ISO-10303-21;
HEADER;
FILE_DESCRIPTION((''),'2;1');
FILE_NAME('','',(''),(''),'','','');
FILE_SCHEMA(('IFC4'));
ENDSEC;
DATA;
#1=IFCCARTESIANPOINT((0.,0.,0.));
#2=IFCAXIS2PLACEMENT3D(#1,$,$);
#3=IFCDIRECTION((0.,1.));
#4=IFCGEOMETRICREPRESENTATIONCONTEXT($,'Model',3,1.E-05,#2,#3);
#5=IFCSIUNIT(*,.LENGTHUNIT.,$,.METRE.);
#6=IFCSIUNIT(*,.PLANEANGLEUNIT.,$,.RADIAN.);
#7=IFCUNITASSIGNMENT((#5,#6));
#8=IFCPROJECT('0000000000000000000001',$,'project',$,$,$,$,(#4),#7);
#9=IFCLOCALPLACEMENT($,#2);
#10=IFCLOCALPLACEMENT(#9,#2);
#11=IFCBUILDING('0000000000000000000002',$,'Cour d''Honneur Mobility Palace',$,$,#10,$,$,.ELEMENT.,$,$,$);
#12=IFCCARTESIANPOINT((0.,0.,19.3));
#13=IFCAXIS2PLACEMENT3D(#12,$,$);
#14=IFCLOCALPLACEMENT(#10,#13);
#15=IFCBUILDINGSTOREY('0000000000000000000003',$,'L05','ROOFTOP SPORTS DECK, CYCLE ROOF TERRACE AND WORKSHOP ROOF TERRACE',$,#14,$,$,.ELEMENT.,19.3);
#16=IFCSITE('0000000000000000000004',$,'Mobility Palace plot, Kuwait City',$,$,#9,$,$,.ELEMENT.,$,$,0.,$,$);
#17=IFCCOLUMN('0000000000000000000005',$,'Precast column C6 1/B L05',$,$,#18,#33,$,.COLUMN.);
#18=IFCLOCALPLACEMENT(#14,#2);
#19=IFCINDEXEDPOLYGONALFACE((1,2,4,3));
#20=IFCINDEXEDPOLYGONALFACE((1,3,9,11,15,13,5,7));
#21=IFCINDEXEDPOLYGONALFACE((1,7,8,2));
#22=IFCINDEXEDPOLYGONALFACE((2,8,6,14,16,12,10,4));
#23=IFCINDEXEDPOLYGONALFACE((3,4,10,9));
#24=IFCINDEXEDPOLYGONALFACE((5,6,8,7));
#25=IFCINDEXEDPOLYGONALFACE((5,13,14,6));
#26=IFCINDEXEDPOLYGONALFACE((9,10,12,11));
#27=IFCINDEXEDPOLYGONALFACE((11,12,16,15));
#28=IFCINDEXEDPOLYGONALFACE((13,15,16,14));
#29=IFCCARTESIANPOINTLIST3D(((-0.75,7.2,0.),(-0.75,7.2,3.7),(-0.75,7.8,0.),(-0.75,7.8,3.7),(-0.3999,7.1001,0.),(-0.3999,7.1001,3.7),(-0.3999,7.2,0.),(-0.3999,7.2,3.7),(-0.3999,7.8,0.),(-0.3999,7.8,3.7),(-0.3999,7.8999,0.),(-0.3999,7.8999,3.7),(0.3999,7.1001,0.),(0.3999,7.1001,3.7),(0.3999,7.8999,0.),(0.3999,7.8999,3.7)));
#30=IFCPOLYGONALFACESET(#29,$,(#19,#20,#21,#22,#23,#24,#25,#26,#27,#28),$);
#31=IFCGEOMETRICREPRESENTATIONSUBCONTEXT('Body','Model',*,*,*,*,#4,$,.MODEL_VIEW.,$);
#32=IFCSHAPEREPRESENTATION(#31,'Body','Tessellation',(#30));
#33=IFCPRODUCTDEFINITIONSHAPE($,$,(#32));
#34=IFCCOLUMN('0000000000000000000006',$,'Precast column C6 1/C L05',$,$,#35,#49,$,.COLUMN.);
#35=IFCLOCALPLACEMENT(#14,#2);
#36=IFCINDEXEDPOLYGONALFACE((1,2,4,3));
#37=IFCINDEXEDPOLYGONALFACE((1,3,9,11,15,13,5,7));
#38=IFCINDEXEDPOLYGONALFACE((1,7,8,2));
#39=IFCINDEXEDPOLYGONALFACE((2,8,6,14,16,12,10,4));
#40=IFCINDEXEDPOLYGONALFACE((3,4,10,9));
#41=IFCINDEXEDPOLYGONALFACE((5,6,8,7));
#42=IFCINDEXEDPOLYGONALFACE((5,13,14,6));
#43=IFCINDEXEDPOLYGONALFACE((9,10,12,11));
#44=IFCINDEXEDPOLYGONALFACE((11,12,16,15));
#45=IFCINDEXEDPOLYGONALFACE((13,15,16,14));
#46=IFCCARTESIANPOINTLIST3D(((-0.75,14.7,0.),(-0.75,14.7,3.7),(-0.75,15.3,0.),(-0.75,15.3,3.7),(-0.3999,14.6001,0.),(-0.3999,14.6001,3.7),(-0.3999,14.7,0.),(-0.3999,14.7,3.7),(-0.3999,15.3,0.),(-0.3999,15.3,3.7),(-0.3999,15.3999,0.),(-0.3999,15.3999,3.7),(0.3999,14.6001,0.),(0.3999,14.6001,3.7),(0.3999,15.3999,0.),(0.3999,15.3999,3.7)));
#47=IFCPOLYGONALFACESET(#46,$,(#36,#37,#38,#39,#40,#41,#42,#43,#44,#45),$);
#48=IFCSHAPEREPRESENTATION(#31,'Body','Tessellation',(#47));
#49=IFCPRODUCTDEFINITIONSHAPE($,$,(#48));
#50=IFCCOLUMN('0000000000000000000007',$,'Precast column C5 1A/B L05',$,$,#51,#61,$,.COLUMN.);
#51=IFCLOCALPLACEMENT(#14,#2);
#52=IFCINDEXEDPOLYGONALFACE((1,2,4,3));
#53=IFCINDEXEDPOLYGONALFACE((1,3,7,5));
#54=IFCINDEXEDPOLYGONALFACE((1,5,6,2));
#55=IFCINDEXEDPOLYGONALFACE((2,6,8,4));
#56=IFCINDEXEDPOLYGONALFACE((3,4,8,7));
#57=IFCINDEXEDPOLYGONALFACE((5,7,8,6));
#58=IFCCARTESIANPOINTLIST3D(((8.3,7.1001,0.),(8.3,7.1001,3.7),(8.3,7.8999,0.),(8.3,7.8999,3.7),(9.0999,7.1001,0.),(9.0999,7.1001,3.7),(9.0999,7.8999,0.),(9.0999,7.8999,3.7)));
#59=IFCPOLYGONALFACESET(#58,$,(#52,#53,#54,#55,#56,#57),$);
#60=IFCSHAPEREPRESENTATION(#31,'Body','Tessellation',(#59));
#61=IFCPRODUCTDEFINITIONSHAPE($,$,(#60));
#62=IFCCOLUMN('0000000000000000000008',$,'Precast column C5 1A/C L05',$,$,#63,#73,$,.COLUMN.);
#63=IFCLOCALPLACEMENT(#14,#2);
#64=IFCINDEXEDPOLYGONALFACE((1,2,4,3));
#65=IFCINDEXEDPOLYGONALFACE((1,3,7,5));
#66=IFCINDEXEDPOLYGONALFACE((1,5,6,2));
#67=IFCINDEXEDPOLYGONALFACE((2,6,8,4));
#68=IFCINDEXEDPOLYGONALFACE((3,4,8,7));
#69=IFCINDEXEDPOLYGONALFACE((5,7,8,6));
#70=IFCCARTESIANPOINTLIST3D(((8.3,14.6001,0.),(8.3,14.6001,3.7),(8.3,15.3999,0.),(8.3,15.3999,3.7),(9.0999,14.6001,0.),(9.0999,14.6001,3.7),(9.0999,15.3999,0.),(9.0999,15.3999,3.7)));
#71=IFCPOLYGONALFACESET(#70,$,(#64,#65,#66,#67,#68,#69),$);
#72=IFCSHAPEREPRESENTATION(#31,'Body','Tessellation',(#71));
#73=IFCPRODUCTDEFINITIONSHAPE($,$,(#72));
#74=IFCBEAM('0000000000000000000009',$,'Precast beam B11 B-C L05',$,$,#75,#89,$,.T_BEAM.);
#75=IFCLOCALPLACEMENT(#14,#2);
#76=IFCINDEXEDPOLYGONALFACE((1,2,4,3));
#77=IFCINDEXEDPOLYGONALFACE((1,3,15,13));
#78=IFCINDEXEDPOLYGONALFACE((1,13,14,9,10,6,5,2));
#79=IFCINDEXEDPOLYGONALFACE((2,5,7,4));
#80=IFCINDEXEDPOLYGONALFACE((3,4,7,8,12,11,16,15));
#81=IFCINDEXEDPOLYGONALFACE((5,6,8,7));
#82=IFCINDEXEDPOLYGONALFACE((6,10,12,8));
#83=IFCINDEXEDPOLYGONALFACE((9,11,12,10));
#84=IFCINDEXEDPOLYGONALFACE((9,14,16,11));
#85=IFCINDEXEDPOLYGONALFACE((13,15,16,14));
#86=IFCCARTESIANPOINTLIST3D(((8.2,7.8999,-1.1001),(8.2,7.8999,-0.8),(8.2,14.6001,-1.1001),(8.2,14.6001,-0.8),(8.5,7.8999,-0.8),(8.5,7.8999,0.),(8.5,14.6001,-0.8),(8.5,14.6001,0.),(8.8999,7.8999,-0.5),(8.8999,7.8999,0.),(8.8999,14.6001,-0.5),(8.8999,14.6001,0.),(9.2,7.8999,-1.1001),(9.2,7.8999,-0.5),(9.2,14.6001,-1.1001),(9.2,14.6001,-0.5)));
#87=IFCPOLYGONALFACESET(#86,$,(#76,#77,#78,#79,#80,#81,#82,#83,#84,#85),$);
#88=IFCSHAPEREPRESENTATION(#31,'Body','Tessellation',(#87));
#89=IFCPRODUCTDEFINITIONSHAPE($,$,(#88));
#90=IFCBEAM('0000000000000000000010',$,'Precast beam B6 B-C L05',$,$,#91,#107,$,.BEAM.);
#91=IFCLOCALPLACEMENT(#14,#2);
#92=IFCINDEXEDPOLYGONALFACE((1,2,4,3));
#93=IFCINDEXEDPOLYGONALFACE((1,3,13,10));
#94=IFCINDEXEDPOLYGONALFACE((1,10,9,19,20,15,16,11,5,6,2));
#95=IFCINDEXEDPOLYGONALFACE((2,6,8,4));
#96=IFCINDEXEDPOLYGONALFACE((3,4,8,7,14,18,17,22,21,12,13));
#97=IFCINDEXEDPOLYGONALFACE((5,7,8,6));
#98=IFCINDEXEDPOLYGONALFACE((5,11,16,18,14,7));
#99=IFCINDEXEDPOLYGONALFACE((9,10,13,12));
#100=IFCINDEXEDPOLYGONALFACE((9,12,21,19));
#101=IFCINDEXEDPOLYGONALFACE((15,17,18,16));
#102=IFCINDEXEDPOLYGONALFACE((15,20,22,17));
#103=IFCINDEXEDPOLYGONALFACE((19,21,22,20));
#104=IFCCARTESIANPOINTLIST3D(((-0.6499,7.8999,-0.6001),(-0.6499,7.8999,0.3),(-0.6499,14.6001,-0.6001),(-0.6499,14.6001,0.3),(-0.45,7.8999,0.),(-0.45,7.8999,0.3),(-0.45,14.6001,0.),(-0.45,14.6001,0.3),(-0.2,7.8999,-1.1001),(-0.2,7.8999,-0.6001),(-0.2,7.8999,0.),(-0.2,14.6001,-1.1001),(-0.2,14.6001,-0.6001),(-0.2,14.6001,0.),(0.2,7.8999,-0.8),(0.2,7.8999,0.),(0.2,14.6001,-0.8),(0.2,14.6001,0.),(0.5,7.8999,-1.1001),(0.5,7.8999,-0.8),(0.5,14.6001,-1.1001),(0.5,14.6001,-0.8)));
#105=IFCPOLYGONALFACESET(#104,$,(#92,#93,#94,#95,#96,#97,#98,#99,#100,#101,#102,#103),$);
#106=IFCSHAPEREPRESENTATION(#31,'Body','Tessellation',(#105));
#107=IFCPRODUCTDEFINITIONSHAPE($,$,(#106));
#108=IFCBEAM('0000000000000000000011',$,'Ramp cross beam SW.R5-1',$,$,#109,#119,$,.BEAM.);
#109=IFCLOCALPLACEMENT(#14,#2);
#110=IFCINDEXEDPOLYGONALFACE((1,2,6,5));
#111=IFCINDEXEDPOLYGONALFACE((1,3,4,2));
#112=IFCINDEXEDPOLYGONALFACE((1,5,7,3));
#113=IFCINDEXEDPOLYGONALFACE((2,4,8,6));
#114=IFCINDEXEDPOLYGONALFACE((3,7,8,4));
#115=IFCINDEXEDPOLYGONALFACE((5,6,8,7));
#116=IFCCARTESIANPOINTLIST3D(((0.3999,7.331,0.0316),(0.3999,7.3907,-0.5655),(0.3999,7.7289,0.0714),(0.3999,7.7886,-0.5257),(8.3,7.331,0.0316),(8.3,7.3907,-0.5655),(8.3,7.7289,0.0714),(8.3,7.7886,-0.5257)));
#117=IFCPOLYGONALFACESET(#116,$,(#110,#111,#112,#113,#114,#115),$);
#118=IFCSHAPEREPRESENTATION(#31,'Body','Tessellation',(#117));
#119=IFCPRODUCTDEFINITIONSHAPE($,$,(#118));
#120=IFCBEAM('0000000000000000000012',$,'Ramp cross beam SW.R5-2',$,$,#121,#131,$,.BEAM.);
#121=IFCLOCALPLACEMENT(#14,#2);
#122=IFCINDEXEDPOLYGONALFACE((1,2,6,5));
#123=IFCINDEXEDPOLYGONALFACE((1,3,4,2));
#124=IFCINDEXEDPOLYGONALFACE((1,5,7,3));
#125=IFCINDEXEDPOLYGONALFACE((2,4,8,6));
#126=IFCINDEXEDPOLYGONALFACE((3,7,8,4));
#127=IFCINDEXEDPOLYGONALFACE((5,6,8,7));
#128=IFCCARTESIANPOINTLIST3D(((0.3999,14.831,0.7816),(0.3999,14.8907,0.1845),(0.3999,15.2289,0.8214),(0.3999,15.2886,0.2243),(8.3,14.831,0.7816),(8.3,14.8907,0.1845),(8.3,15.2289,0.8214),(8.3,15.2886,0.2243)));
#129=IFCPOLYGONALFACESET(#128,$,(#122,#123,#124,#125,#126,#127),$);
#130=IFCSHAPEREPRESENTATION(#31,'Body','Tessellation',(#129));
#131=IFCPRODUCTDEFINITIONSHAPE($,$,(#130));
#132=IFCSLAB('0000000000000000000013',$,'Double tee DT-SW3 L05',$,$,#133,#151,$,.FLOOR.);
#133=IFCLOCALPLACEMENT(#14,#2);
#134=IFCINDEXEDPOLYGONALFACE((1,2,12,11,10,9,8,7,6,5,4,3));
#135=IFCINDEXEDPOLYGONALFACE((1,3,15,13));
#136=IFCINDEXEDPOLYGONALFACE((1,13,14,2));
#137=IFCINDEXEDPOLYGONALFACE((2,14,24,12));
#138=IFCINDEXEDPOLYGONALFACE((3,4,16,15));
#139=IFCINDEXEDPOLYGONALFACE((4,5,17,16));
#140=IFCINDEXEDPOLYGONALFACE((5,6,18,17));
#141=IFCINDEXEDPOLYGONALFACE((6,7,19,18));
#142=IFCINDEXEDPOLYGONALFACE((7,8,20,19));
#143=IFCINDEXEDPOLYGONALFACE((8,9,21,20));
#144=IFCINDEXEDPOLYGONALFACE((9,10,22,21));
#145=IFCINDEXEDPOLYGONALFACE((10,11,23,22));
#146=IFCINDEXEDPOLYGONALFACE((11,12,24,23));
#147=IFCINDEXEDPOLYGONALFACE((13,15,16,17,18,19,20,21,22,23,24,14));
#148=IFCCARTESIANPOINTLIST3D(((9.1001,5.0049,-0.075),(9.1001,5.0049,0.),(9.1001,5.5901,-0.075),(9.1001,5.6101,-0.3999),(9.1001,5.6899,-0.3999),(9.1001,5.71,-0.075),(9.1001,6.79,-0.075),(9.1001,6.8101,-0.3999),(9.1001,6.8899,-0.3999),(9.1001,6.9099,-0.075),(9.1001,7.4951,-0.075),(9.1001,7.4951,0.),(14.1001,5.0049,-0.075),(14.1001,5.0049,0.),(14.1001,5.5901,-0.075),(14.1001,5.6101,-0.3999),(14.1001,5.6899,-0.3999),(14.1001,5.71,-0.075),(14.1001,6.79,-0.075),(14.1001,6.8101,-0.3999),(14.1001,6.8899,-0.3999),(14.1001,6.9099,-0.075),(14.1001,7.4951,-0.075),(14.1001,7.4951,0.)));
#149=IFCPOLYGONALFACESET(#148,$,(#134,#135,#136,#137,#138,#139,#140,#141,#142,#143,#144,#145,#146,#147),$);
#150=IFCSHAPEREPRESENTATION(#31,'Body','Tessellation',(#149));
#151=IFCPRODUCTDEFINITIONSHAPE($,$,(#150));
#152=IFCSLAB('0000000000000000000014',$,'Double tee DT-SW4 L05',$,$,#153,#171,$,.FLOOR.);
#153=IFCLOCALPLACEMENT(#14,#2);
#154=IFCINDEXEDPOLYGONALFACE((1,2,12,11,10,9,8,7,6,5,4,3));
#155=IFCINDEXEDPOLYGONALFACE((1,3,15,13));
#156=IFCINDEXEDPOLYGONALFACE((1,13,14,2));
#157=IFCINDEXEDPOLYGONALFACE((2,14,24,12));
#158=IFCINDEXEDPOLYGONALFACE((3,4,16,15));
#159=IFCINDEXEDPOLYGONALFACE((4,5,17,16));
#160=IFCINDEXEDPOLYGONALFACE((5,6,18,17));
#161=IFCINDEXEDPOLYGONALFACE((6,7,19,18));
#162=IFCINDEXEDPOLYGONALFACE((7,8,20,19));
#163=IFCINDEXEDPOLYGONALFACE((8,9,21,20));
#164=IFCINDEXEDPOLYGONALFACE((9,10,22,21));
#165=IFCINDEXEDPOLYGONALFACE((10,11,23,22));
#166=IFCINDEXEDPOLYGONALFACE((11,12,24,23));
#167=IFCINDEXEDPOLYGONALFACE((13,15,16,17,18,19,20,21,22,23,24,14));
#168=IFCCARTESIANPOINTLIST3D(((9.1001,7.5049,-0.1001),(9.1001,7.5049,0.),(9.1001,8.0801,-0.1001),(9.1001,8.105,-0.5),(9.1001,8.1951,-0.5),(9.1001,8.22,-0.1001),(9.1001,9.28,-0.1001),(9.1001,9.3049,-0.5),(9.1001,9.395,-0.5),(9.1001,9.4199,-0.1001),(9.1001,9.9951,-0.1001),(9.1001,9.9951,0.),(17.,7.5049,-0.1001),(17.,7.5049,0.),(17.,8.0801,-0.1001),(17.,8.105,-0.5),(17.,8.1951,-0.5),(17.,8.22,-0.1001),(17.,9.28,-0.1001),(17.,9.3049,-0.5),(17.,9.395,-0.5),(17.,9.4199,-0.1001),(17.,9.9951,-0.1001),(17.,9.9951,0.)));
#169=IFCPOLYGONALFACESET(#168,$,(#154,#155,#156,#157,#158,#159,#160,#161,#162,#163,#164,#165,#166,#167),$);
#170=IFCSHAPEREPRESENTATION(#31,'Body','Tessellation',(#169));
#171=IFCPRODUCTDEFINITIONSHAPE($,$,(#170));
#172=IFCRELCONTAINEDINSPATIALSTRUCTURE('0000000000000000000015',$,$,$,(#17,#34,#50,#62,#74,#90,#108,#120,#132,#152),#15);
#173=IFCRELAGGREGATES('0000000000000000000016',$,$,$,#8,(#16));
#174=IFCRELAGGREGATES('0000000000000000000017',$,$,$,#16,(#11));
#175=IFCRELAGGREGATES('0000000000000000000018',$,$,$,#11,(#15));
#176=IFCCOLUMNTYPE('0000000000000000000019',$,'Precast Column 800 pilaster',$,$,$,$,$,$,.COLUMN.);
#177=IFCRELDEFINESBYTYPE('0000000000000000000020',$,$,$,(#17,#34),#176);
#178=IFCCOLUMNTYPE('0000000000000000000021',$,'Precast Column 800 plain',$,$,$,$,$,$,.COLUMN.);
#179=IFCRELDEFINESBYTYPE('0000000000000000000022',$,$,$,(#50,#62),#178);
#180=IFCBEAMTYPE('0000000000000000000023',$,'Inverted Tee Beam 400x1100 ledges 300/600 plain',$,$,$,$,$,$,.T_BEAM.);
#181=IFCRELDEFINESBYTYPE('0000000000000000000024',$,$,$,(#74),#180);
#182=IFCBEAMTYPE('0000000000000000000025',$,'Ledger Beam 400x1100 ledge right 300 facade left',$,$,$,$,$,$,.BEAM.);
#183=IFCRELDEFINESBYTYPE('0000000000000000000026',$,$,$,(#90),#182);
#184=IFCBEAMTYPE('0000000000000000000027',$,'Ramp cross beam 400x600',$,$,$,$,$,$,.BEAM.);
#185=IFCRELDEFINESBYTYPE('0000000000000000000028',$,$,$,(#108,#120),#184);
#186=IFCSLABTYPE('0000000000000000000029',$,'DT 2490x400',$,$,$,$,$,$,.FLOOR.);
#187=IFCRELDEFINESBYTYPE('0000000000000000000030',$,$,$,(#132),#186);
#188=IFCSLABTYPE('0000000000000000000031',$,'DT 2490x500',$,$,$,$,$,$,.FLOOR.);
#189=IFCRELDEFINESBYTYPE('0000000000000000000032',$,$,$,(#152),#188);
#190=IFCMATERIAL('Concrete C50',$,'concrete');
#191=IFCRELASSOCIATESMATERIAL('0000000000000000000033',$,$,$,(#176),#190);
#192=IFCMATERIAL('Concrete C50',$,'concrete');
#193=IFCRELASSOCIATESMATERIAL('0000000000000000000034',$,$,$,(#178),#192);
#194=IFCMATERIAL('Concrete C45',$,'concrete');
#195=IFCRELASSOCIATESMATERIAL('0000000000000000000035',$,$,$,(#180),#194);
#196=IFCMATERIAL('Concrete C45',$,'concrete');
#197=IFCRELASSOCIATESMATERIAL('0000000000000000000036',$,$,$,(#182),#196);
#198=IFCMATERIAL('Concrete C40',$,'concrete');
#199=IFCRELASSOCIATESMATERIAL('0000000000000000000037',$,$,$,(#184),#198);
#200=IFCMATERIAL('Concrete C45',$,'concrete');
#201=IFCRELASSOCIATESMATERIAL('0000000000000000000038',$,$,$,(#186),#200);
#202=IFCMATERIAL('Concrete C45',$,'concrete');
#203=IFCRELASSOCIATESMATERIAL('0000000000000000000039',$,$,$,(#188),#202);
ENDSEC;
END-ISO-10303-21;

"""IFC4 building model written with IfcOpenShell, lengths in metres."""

from ifc_helpers import new_model, si_unit, direction, frame, origin, origin_2d, place, context, subcontext, project, spatial, polyline, rectangle, outline, extrude, material, material_profile, profile_set, type_object, element, save


model = new_model("IFC4")

# Units and contexts
model_context = context("Model", 3, precision=1e-05, world=origin(), true_north=direction((0.0, 1.0)))
body_context = subcontext(model_context, "Body", "Model", "MODEL_VIEW")
ifc_project = project(units=[si_unit("LENGTHUNIT", "METRE"), si_unit("PLANEANGLEUNIT", "RADIAN")], contexts=[model_context])

# Site, building, storey
site_placement = place(None, origin())
site = spatial("IfcSite", under=ifc_project, at=site_placement, Name="Mobility Palace plot, Kuwait City", CompositionType="ELEMENT", RefElevation=0.0)
building_placement = place(site_placement, origin())
building = spatial("IfcBuilding", under=site, at=building_placement, Name="Cour d'Honneur Mobility Palace", CompositionType="ELEMENT")
storey_placement = place(building_placement, frame((0.0, 0.0, 19.3)))
storey = spatial("IfcBuildingStorey", under=building, at=storey_placement, Name="L05", Description="ROOFTOP SPORTS DECK, CYCLE ROOF TERRACE AND WORKSHOP ROOF TERRACE", CompositionType="ELEMENT", Elevation=19.3)

# Columns
ifc_material_1 = material(Name="Concrete C50", Category="concrete")
ifc_material_profile_1 = material_profile(ifc_material_1, outline(polyline([(-0.3999, -0.3999), (0.3999, -0.3999), (0.3999, -0.3), (0.75, -0.3), (0.75, 0.3), (0.3999, 0.3), (0.3999, 0.3999), (-0.3999, 0.3999), (-0.3999, -0.3999)])), Name="PC C800 pilaster")
ifc_profile_set_1 = profile_set([ifc_material_profile_1], Name="Concrete C50")
column_type_1 = type_object("IfcColumnType", Name="Precast Column 800 pilaster", PredefinedType="COLUMN", material=ifc_profile_set_1)
for number, where, z_axis, x_axis, name in (
    (1, (0.0, 7.5, 0.0), (0.0, 0.0, 1.0), (-1.0, 0.0, 0.0), "Precast column C6 1/B L05"),
    (2, (0.0, 15.0, 0.0), (0.0, 0.0, 1.0), (-1.0, 0.0, 0.0), "Precast column C6 1/C L05"),
):
    element("IfcColumn", number, at=place(storey_placement, frame(where, z_axis=z_axis, x_axis=x_axis)), inside=storey, type_object=column_type_1, Name=name, PredefinedType="COLUMN", context=body_context, shape_type="SweptSolid", body=[
        extrude(outline(polyline([(-0.3999, -0.3999), (0.3999, -0.3999), (0.3999, -0.3), (0.75, -0.3), (0.75, 0.3), (0.3999, 0.3), (0.3999, 0.3999), (-0.3999, 0.3999), (-0.3999, -0.3999)])), origin(), (0.0, 0.0, 1.0), 3.7),
    ])
ifc_material_2 = material(Name="Concrete C50", Category="concrete")
ifc_material_profile_2 = material_profile(ifc_material_2, outline(polyline([(-0.3999, -0.3999), (0.3999, -0.3999), (0.3999, 0.3999), (-0.3999, 0.3999), (-0.3999, -0.3999)])), Name="PC C800 plain")
ifc_profile_set_2 = profile_set([ifc_material_profile_2], Name="Concrete C50")
column_type_2 = type_object("IfcColumnType", Name="Precast Column 800 plain", PredefinedType="COLUMN", material=ifc_profile_set_2)
for number, where, z_axis, x_axis, name in (
    (3, (8.7, 7.5, 0.0), (0.0, 0.0, 1.0), (1.0, 0.0, 0.0), "Precast column C5 1A/B L05"),
    (4, (8.7, 15.0, 0.0), (0.0, 0.0, 1.0), (1.0, 0.0, 0.0), "Precast column C5 1A/C L05"),
):
    element("IfcColumn", number, at=place(storey_placement, frame(where, z_axis=z_axis, x_axis=x_axis)), inside=storey, type_object=column_type_2, Name=name, PredefinedType="COLUMN", context=body_context, shape_type="SweptSolid", body=[
        extrude(outline(polyline([(-0.3999, -0.3999), (0.3999, -0.3999), (0.3999, 0.3999), (-0.3999, 0.3999), (-0.3999, -0.3999)])), origin(), (0.0, 0.0, 1.0), 3.7),
    ])

# Beams
ifc_material_3 = material(Name="Concrete C45", Category="concrete")
ifc_material_profile_3 = material_profile(ifc_material_3, outline(polyline([(0.5, -1.1001), (0.5, -0.8), (0.2, -0.8), (0.2, 0.0), (-0.2, 0.0), (-0.2, -0.5), (-0.5, -0.5), (-0.5, -1.1001), (0.5, -1.1001)])), Name="Inverted Tee Beam 400x1100 ledges 300/600 plain")
ifc_profile_set_3 = profile_set([ifc_material_profile_3], Name="Concrete C45")
beam_type_1 = type_object("IfcBeamType", Name="Inverted Tee Beam 400x1100 ledges 300/600 plain", PredefinedType="T_BEAM", material=ifc_profile_set_3)
beam_1_placement = place(storey_placement, frame((8.7, 7.8999, 0.0), z_axis=(0.0, 1.0, 0.0), x_axis=(-1.0, 0.0, 0.0)))
element("IfcBeam", 5, at=beam_1_placement, inside=storey, type_object=beam_type_1, Name="Precast beam B11 B-C L05", PredefinedType="T_BEAM", context=body_context, shape_type="SweptSolid", body=[
    extrude(outline(polyline([(0.5, -1.1001), (0.5, -0.8), (0.2, -0.8), (0.2, 0.0), (-0.2, 0.0), (-0.2, -0.5), (-0.5, -0.5), (-0.5, -1.1001), (0.5, -1.1001)])), origin(), (0.0, 0.0, 1.0), 6.7002),
])
ifc_material_4 = material(Name="Concrete C45", Category="concrete")
ifc_material_profile_4 = material_profile(ifc_material_4, outline(polyline([(0.2, -1.1001), (0.2, -0.6001), (0.6499, -0.6001), (0.6499, 0.3), (0.45, 0.3), (0.45, 0.0), (0.2, 0.0), (-0.2, 0.0), (-0.2, -0.8), (-0.5, -0.8), (-0.5, -1.1001), (0.2, -1.1001)])), Name="Ledger Beam 400x1100 ledge right 300 facade left")
ifc_profile_set_4 = profile_set([ifc_material_profile_4], Name="Concrete C45")
beam_type_2 = type_object("IfcBeamType", Name="Ledger Beam 400x1100 ledge right 300 facade left", PredefinedType="BEAM", material=ifc_profile_set_4)
beam_2_placement = place(storey_placement, frame((0.0, 7.8999, 0.0), z_axis=(0.0, 1.0, 0.0), x_axis=(-1.0, 0.0, 0.0)))
element("IfcBeam", 6, at=beam_2_placement, inside=storey, type_object=beam_type_2, Name="Precast beam B6 B-C L05", PredefinedType="BEAM", context=body_context, shape_type="SweptSolid", body=[
    extrude(outline(polyline([(0.2, -1.1001), (0.2, -0.6001), (0.6499, -0.6001), (0.6499, 0.3), (0.45, 0.3), (0.45, 0.0), (0.2, 0.0), (-0.2, 0.0), (-0.2, -0.8), (-0.5, -0.8), (-0.5, -1.1001), (0.2, -1.1001)])), origin(), (0.0, 0.0, 1.0), 6.7002),
])
ifc_material_5 = material(Name="Concrete C40", Category="concrete")
ifc_material_profile_5 = material_profile(ifc_material_5, rectangle(XDim=0.3999, YDim=0.6001, at=origin_2d()), Name="Ramp cross beam 400x600")
ifc_profile_set_5 = profile_set([ifc_material_profile_5], Name="Concrete C40")
beam_type_3 = type_object("IfcBeamType", Name="Ramp cross beam 400x600", PredefinedType="BEAM", material=ifc_profile_set_5)
for number, where, z_axis, x_axis, name in (
    (7, (0.3999, 7.5598, -0.2471), (1.0, 0.0, 0.0), (0.0, 0.995037, 0.099504), "Ramp cross beam SW.R5-1"),
    (8, (0.3999, 15.0598, 0.5029), (1.0, 0.0, 0.0), (0.0, 0.995037, 0.099504), "Ramp cross beam SW.R5-2"),
):
    element("IfcBeam", number, at=place(storey_placement, frame(where, z_axis=z_axis, x_axis=x_axis)), inside=storey, type_object=beam_type_3, Name=name, PredefinedType="BEAM", context=body_context, shape_type="SweptSolid", body=[
        extrude(rectangle(XDim=0.3999, YDim=0.6001, at=origin_2d()), origin(), (0.0, 0.0, 1.0), 7.9001),
    ])

# Slabs
ifc_material_6 = material(Name="Concrete C45", Category="concrete")
ifc_material_profile_6 = material_profile(ifc_material_6, outline(polyline([(-1.2451, 0.0), (1.2451, 0.0), (1.2451, -0.075), (0.6599, -0.075), (0.6399, -0.3999), (0.5601, -0.3999), (0.54, -0.075), (-0.54, -0.075), (-0.5601, -0.3999), (-0.6399, -0.3999), (-0.6599, -0.075), (-1.2451, -0.075), (-1.2451, 0.0)])), Name="DT 2490x400")
ifc_profile_set_6 = profile_set([ifc_material_profile_6], Name="Concrete C45")
slab_type_1 = type_object("IfcSlabType", Name="DT 2490x400", PredefinedType="FLOOR", material=ifc_profile_set_6)
slab_1_placement = place(storey_placement, frame((9.1001, 6.25, 0.0), z_axis=(1.0, 0.0, 0.0), x_axis=(0.0, 1.0, 0.0)))
element("IfcSlab", 9, at=slab_1_placement, inside=storey, type_object=slab_type_1, Name="Double tee DT-SW3 L05", PredefinedType="FLOOR", context=body_context, shape_type="SweptSolid", body=[
    extrude(outline(polyline([(-1.2451, 0.0), (1.2451, 0.0), (1.2451, -0.075), (0.6599, -0.075), (0.6399, -0.3999), (0.5601, -0.3999), (0.54, -0.075), (-0.54, -0.075), (-0.5601, -0.3999), (-0.6399, -0.3999), (-0.6599, -0.075), (-1.2451, -0.075), (-1.2451, 0.0)])), origin(), (0.0, 0.0, 1.0), 5.0),
])
ifc_material_7 = material(Name="Concrete C45", Category="concrete")
ifc_material_profile_7 = material_profile(ifc_material_7, outline(polyline([(-1.2451, 0.0), (1.2451, 0.0), (1.2451, -0.1001), (0.6699, -0.1001), (0.645, -0.5), (0.5549, -0.5), (0.53, -0.1001), (-0.53, -0.1001), (-0.5549, -0.5), (-0.645, -0.5), (-0.6699, -0.1001), (-1.2451, -0.1001), (-1.2451, 0.0)])), Name="DT 2490x500")
ifc_profile_set_7 = profile_set([ifc_material_profile_7], Name="Concrete C45")
slab_type_2 = type_object("IfcSlabType", Name="DT 2490x500", PredefinedType="FLOOR", material=ifc_profile_set_7)
slab_2_placement = place(storey_placement, frame((9.1001, 8.75, 0.0), z_axis=(1.0, 0.0, 0.0), x_axis=(0.0, 1.0, 0.0)))
element("IfcSlab", 10, at=slab_2_placement, inside=storey, type_object=slab_type_2, Name="Double tee DT-SW4 L05", PredefinedType="FLOOR", context=body_context, shape_type="SweptSolid", body=[
    extrude(outline(polyline([(-1.2451, 0.0), (1.2451, 0.0), (1.2451, -0.1001), (0.6699, -0.1001), (0.645, -0.5), (0.5549, -0.5), (0.53, -0.1001), (-0.53, -0.1001), (-0.5549, -0.5), (-0.645, -0.5), (-0.6699, -0.1001), (-1.2451, -0.1001), (-1.2451, 0.0)])), origin(), (0.0, 0.0, 1.0), 7.8999),
])

save(model, "model.ifc")
